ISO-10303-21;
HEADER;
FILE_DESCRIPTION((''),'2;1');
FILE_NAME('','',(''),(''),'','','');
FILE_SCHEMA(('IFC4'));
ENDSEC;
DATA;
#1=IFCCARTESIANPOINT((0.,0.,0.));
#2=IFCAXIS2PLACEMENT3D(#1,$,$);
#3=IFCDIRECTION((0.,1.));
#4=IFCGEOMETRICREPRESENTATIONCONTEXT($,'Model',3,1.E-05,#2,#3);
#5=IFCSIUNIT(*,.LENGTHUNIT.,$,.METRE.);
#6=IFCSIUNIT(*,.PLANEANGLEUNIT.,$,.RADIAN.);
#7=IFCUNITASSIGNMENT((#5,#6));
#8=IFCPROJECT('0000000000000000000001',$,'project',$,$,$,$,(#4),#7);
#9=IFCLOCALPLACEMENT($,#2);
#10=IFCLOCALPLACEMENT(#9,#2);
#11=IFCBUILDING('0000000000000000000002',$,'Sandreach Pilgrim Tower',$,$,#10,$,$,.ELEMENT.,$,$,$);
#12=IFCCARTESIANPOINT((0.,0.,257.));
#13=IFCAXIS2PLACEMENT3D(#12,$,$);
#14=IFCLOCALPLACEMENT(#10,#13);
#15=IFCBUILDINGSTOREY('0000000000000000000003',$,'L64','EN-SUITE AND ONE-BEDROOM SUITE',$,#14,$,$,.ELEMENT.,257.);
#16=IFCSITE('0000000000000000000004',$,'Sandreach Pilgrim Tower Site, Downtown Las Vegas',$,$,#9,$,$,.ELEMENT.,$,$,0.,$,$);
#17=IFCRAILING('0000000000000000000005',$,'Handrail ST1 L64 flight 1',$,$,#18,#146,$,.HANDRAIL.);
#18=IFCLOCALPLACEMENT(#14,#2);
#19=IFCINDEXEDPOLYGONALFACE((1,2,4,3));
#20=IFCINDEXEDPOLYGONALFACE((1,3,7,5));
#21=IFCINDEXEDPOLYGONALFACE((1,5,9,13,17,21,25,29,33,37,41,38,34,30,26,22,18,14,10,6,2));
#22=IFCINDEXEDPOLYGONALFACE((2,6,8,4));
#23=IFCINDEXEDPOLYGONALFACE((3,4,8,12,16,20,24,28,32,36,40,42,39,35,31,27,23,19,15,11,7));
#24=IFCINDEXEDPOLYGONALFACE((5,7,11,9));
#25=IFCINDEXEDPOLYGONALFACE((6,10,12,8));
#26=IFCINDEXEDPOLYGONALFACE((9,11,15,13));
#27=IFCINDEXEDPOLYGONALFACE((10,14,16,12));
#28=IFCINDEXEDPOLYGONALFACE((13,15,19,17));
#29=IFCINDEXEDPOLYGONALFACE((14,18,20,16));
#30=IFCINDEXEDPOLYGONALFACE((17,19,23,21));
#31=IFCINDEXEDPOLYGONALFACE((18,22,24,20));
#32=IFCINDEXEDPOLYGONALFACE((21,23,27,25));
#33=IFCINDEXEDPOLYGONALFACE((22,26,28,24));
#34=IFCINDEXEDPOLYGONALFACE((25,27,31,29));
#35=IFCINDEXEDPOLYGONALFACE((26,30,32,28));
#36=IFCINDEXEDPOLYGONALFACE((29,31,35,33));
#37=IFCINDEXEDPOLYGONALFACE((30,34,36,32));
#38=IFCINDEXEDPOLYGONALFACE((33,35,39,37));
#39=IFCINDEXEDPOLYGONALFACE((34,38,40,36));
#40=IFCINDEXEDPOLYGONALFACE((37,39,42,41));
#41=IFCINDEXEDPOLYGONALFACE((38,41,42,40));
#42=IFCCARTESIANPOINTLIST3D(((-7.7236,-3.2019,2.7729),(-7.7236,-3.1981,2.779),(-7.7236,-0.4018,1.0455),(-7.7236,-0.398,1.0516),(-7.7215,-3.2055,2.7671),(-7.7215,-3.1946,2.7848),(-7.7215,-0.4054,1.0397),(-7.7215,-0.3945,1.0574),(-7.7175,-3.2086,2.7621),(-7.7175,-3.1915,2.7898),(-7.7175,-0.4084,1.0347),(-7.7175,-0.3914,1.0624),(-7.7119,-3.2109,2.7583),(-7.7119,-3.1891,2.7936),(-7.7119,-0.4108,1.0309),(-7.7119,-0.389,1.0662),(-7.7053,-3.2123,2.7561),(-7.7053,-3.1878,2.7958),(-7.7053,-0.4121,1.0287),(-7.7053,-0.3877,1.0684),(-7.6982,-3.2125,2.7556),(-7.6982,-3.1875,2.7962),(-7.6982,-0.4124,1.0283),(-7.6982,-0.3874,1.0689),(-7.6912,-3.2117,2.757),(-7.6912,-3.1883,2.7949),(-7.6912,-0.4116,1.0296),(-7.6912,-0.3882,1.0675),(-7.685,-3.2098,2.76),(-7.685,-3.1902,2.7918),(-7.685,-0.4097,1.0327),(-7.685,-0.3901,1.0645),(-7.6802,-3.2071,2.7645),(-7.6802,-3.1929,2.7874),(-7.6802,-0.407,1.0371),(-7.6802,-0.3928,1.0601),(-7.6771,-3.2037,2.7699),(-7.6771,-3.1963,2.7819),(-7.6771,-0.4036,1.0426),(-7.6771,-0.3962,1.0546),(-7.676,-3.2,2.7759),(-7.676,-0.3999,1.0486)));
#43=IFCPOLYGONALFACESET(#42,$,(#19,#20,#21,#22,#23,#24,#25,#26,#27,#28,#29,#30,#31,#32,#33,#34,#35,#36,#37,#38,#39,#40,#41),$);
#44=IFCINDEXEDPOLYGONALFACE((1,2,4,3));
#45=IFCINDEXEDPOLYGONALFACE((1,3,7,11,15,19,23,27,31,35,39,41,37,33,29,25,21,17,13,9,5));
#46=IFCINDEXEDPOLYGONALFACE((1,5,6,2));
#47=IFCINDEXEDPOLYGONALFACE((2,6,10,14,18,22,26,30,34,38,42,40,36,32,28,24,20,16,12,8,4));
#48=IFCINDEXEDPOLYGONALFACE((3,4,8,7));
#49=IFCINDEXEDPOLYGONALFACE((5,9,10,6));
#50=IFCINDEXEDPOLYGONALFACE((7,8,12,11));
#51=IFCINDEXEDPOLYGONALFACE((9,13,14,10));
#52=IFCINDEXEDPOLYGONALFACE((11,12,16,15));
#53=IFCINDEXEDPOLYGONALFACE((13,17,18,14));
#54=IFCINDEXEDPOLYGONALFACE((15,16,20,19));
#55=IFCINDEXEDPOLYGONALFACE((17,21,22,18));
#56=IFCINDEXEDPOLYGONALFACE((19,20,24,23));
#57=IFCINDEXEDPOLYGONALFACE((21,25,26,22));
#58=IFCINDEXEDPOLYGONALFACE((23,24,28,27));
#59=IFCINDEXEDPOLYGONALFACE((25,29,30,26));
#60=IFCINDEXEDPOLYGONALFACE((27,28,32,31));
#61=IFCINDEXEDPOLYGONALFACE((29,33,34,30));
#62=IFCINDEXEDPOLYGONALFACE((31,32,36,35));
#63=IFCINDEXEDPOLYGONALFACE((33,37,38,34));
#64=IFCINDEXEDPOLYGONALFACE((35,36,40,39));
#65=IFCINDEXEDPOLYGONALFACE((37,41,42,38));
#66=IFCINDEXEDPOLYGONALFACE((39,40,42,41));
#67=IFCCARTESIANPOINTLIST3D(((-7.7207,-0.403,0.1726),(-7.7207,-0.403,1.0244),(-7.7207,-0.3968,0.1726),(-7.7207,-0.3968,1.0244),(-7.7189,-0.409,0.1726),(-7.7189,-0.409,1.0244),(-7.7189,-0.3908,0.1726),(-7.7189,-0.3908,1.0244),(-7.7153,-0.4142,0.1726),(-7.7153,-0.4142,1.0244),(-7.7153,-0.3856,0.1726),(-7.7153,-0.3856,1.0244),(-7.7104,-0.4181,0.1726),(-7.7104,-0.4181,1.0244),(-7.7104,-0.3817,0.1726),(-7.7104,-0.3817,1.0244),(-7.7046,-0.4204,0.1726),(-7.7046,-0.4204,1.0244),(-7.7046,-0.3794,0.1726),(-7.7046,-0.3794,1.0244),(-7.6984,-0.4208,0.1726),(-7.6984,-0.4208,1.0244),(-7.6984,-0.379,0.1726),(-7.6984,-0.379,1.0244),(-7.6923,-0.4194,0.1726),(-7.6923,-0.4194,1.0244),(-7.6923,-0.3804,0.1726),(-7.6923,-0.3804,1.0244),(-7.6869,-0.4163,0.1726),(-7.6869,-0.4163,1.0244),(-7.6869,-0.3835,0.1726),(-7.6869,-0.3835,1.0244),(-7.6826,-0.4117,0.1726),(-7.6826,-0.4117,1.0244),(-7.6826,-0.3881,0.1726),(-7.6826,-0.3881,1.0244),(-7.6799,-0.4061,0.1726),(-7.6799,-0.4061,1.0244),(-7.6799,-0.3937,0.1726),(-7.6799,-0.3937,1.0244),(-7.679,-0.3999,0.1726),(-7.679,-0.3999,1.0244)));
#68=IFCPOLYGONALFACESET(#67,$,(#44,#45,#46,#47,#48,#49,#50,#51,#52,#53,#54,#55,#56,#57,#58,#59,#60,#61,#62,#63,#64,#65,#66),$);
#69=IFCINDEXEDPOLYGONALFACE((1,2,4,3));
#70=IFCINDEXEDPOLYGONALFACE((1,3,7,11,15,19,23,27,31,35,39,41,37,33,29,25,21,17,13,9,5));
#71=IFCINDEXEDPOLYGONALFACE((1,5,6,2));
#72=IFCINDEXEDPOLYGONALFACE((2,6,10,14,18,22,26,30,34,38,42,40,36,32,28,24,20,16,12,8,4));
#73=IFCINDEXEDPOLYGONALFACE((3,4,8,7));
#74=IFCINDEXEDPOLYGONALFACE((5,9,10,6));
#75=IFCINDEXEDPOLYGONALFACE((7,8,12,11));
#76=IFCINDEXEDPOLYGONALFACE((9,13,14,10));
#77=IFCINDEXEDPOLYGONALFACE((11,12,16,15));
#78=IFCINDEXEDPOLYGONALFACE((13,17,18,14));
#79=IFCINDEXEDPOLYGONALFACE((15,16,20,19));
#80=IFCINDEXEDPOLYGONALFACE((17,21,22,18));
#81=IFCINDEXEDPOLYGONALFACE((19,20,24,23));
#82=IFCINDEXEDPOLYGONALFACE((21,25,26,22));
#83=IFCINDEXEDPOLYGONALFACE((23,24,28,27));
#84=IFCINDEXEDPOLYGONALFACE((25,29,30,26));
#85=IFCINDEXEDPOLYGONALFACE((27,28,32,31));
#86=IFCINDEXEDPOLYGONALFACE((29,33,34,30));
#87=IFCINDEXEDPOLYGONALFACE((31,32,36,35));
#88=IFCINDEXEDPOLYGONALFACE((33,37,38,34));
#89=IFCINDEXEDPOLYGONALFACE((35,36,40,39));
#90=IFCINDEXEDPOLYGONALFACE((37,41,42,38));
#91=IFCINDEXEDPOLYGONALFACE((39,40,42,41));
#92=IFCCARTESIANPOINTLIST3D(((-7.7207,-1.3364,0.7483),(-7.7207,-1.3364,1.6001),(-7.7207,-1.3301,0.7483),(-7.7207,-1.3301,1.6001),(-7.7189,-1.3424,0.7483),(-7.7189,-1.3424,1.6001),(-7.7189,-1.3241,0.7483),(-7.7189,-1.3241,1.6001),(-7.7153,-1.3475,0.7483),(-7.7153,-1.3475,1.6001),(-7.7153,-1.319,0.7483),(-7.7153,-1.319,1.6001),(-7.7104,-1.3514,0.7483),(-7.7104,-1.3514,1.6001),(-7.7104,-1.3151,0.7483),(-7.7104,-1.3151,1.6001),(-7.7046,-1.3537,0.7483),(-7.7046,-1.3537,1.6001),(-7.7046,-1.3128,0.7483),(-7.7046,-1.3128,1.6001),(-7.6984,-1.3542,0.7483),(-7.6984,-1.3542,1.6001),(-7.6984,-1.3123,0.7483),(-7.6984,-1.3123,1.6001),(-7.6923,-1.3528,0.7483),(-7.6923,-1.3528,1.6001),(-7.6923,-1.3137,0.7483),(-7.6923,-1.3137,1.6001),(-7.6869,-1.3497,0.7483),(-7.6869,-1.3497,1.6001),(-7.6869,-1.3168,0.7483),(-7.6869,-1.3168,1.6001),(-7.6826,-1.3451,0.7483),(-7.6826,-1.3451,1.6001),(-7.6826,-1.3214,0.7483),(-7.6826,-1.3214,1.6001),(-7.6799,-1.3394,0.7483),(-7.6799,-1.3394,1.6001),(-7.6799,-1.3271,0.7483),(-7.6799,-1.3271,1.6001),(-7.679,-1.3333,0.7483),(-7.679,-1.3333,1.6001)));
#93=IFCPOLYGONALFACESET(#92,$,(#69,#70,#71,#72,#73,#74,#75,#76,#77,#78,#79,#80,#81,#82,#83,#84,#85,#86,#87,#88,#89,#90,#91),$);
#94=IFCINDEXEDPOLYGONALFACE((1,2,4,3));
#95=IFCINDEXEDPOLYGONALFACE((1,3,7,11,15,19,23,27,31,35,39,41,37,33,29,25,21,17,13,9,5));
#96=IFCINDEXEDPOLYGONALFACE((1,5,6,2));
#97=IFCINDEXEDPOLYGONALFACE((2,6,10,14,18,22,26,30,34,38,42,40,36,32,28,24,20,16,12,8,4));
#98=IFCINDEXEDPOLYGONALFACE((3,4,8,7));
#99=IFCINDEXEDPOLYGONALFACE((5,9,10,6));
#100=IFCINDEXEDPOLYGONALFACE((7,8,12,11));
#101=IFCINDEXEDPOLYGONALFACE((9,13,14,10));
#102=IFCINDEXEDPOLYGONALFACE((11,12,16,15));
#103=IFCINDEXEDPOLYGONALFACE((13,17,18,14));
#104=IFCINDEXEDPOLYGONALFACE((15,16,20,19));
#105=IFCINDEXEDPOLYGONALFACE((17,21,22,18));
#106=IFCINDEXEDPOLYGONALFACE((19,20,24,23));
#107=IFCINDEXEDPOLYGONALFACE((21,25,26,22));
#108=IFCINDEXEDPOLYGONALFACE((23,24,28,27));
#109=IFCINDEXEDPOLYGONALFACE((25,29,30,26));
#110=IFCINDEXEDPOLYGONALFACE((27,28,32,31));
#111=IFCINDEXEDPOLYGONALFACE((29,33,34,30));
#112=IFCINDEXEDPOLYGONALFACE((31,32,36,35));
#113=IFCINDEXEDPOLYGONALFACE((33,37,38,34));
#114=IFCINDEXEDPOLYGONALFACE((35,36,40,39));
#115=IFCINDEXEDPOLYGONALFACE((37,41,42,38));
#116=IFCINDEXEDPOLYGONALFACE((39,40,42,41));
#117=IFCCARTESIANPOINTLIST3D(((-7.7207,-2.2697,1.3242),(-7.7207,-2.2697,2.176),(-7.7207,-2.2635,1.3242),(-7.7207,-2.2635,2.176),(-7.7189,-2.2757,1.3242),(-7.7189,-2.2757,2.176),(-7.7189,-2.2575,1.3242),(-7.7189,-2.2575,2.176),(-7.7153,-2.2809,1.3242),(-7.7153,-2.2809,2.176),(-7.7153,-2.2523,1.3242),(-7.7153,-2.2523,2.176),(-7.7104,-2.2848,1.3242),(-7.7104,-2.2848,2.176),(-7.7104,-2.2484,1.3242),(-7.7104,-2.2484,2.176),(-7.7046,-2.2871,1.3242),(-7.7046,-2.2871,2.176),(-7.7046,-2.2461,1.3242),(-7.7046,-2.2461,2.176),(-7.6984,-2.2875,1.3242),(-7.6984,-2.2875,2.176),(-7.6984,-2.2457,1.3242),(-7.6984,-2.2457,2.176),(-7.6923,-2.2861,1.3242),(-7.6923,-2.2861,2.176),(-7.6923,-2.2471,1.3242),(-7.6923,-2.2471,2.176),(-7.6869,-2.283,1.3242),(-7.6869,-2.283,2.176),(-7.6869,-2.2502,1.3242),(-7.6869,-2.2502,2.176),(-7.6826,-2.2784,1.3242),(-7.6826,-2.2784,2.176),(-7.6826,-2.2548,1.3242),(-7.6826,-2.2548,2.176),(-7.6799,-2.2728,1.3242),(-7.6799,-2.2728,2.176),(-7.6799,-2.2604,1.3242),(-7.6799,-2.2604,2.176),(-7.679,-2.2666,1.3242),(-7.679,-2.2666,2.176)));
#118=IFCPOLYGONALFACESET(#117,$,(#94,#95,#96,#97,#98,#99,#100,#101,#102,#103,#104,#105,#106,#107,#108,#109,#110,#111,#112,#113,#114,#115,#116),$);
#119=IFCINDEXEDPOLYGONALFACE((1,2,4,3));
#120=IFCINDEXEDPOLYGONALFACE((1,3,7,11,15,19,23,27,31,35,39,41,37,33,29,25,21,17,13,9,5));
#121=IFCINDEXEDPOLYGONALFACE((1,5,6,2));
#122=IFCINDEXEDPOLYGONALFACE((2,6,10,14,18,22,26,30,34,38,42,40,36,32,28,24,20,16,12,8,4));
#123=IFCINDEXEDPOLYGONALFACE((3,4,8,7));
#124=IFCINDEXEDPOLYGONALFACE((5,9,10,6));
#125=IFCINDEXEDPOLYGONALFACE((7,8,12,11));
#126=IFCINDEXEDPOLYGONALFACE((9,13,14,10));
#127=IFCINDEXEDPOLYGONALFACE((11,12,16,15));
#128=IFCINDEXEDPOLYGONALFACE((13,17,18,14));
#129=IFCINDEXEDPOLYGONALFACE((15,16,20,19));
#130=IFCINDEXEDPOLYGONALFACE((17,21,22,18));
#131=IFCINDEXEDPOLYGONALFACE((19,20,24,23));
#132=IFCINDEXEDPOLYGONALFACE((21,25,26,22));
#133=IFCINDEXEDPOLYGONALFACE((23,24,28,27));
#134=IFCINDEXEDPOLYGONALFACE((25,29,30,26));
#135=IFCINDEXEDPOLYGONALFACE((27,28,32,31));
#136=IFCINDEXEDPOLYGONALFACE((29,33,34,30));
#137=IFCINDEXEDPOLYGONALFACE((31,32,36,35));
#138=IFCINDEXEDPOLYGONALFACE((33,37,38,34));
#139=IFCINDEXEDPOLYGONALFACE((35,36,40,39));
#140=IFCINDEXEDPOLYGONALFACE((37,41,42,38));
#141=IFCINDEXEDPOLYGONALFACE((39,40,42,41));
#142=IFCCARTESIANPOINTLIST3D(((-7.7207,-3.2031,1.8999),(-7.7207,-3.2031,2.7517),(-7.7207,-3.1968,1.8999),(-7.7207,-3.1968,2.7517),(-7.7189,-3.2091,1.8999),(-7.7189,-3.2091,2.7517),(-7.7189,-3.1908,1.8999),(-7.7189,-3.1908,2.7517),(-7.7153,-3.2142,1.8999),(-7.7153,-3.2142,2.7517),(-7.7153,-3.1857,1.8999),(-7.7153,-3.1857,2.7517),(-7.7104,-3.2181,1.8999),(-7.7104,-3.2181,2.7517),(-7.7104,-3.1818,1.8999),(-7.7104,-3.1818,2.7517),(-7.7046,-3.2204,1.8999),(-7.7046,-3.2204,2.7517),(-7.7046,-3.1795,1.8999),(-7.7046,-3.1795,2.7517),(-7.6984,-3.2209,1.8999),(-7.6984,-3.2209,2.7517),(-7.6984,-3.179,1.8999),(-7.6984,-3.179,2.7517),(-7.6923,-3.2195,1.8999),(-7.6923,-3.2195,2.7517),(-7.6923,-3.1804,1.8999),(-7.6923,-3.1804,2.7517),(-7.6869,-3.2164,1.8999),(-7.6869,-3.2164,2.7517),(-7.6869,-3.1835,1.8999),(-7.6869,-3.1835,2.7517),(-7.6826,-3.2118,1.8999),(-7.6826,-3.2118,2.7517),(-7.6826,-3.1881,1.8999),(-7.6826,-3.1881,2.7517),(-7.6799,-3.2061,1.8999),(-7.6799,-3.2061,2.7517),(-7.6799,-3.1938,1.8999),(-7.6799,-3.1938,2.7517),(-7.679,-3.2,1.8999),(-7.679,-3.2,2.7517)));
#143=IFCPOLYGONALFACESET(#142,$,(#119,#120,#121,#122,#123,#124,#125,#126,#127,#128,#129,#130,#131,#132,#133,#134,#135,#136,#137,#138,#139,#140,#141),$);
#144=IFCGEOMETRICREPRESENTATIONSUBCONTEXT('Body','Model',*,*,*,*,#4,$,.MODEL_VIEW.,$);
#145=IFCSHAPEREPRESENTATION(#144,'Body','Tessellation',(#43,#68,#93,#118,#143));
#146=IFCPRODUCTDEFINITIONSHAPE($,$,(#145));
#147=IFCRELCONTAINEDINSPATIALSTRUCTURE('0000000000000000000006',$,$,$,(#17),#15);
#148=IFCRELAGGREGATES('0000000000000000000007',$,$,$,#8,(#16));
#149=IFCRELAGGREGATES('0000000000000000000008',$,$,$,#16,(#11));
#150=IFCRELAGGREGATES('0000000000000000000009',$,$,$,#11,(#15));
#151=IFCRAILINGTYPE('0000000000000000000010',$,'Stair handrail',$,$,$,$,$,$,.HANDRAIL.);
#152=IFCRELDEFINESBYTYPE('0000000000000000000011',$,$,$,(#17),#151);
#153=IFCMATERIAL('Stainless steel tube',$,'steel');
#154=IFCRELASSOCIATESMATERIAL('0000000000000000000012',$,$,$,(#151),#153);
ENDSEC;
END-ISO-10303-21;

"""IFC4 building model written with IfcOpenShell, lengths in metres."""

from ifc_helpers import new_model, si_unit, direction, frame, origin, origin_2d, place, context, subcontext, project, spatial, circle, extrude, material, type_object, element, save


model = new_model("IFC4")

# Units and contexts
model_context = context("Model", 3, precision=1e-05, world=origin(), true_north=direction((0.0, 1.0)))
body_context = subcontext(model_context, "Body", "Model", "MODEL_VIEW")
ifc_project = project(units=[si_unit("LENGTHUNIT", "METRE"), si_unit("PLANEANGLEUNIT", "RADIAN")], contexts=[model_context])

# Site, building, storey
site_placement = place(None, origin())
site = spatial("IfcSite", under=ifc_project, at=site_placement, Name="Sandreach Pilgrim Tower Site, Downtown Las Vegas", CompositionType="ELEMENT", RefElevation=0.0)
building_placement = place(site_placement, origin())
building = spatial("IfcBuilding", under=site, at=building_placement, Name="Sandreach Pilgrim Tower", CompositionType="ELEMENT")
storey_placement = place(building_placement, frame((0.0, 0.0, 257.0)))
storey = spatial("IfcBuildingStorey", under=building, at=storey_placement, Name="L64", Description="EN-SUITE AND ONE-BEDROOM SUITE", CompositionType="ELEMENT", Elevation=257.0)

# Railing
ifc_material_1 = material(Name="Stainless steel tube", Category="steel")
railing_type = type_object("IfcRailingType", Name="Stair handrail", PredefinedType="HANDRAIL", material=ifc_material_1)
railing_placement = place(storey_placement, frame((-7.7, -0.3999, 0.1726)))
element("IfcRailing", 1, at=railing_placement, inside=storey, type_object=railing_type, Name="Handrail ST1 L64 flight 1", PredefinedType="HANDRAIL", context=body_context, shape_type="SweptSolid", body=[
    extrude(circle(Radius=0.0239, at=origin_2d()), frame((0.0, 0.0, 0.876), z_axis=(0.0, -0.85109, 0.52502), x_axis=(1.0, 0.0, 0.0)), (0.0, 0.0, 1.0), 3.29),
    extrude(circle(Radius=0.021, at=origin_2d()), origin(), (0.0, 0.0, 1.0), 0.8518),
    extrude(circle(Radius=0.021, at=origin_2d()), frame((0.0, -0.9333, 0.5757)), (0.0, 0.0, 1.0), 0.8518),
    extrude(circle(Radius=0.021, at=origin_2d()), frame((0.0, -1.8667, 1.1516)), (0.0, 0.0, 1.0), 0.8518),
    extrude(circle(Radius=0.021, at=origin_2d()), frame((0.0, -2.8, 1.7273)), (0.0, 0.0, 1.0), 0.8518),
])

save(model, "model.ifc")
